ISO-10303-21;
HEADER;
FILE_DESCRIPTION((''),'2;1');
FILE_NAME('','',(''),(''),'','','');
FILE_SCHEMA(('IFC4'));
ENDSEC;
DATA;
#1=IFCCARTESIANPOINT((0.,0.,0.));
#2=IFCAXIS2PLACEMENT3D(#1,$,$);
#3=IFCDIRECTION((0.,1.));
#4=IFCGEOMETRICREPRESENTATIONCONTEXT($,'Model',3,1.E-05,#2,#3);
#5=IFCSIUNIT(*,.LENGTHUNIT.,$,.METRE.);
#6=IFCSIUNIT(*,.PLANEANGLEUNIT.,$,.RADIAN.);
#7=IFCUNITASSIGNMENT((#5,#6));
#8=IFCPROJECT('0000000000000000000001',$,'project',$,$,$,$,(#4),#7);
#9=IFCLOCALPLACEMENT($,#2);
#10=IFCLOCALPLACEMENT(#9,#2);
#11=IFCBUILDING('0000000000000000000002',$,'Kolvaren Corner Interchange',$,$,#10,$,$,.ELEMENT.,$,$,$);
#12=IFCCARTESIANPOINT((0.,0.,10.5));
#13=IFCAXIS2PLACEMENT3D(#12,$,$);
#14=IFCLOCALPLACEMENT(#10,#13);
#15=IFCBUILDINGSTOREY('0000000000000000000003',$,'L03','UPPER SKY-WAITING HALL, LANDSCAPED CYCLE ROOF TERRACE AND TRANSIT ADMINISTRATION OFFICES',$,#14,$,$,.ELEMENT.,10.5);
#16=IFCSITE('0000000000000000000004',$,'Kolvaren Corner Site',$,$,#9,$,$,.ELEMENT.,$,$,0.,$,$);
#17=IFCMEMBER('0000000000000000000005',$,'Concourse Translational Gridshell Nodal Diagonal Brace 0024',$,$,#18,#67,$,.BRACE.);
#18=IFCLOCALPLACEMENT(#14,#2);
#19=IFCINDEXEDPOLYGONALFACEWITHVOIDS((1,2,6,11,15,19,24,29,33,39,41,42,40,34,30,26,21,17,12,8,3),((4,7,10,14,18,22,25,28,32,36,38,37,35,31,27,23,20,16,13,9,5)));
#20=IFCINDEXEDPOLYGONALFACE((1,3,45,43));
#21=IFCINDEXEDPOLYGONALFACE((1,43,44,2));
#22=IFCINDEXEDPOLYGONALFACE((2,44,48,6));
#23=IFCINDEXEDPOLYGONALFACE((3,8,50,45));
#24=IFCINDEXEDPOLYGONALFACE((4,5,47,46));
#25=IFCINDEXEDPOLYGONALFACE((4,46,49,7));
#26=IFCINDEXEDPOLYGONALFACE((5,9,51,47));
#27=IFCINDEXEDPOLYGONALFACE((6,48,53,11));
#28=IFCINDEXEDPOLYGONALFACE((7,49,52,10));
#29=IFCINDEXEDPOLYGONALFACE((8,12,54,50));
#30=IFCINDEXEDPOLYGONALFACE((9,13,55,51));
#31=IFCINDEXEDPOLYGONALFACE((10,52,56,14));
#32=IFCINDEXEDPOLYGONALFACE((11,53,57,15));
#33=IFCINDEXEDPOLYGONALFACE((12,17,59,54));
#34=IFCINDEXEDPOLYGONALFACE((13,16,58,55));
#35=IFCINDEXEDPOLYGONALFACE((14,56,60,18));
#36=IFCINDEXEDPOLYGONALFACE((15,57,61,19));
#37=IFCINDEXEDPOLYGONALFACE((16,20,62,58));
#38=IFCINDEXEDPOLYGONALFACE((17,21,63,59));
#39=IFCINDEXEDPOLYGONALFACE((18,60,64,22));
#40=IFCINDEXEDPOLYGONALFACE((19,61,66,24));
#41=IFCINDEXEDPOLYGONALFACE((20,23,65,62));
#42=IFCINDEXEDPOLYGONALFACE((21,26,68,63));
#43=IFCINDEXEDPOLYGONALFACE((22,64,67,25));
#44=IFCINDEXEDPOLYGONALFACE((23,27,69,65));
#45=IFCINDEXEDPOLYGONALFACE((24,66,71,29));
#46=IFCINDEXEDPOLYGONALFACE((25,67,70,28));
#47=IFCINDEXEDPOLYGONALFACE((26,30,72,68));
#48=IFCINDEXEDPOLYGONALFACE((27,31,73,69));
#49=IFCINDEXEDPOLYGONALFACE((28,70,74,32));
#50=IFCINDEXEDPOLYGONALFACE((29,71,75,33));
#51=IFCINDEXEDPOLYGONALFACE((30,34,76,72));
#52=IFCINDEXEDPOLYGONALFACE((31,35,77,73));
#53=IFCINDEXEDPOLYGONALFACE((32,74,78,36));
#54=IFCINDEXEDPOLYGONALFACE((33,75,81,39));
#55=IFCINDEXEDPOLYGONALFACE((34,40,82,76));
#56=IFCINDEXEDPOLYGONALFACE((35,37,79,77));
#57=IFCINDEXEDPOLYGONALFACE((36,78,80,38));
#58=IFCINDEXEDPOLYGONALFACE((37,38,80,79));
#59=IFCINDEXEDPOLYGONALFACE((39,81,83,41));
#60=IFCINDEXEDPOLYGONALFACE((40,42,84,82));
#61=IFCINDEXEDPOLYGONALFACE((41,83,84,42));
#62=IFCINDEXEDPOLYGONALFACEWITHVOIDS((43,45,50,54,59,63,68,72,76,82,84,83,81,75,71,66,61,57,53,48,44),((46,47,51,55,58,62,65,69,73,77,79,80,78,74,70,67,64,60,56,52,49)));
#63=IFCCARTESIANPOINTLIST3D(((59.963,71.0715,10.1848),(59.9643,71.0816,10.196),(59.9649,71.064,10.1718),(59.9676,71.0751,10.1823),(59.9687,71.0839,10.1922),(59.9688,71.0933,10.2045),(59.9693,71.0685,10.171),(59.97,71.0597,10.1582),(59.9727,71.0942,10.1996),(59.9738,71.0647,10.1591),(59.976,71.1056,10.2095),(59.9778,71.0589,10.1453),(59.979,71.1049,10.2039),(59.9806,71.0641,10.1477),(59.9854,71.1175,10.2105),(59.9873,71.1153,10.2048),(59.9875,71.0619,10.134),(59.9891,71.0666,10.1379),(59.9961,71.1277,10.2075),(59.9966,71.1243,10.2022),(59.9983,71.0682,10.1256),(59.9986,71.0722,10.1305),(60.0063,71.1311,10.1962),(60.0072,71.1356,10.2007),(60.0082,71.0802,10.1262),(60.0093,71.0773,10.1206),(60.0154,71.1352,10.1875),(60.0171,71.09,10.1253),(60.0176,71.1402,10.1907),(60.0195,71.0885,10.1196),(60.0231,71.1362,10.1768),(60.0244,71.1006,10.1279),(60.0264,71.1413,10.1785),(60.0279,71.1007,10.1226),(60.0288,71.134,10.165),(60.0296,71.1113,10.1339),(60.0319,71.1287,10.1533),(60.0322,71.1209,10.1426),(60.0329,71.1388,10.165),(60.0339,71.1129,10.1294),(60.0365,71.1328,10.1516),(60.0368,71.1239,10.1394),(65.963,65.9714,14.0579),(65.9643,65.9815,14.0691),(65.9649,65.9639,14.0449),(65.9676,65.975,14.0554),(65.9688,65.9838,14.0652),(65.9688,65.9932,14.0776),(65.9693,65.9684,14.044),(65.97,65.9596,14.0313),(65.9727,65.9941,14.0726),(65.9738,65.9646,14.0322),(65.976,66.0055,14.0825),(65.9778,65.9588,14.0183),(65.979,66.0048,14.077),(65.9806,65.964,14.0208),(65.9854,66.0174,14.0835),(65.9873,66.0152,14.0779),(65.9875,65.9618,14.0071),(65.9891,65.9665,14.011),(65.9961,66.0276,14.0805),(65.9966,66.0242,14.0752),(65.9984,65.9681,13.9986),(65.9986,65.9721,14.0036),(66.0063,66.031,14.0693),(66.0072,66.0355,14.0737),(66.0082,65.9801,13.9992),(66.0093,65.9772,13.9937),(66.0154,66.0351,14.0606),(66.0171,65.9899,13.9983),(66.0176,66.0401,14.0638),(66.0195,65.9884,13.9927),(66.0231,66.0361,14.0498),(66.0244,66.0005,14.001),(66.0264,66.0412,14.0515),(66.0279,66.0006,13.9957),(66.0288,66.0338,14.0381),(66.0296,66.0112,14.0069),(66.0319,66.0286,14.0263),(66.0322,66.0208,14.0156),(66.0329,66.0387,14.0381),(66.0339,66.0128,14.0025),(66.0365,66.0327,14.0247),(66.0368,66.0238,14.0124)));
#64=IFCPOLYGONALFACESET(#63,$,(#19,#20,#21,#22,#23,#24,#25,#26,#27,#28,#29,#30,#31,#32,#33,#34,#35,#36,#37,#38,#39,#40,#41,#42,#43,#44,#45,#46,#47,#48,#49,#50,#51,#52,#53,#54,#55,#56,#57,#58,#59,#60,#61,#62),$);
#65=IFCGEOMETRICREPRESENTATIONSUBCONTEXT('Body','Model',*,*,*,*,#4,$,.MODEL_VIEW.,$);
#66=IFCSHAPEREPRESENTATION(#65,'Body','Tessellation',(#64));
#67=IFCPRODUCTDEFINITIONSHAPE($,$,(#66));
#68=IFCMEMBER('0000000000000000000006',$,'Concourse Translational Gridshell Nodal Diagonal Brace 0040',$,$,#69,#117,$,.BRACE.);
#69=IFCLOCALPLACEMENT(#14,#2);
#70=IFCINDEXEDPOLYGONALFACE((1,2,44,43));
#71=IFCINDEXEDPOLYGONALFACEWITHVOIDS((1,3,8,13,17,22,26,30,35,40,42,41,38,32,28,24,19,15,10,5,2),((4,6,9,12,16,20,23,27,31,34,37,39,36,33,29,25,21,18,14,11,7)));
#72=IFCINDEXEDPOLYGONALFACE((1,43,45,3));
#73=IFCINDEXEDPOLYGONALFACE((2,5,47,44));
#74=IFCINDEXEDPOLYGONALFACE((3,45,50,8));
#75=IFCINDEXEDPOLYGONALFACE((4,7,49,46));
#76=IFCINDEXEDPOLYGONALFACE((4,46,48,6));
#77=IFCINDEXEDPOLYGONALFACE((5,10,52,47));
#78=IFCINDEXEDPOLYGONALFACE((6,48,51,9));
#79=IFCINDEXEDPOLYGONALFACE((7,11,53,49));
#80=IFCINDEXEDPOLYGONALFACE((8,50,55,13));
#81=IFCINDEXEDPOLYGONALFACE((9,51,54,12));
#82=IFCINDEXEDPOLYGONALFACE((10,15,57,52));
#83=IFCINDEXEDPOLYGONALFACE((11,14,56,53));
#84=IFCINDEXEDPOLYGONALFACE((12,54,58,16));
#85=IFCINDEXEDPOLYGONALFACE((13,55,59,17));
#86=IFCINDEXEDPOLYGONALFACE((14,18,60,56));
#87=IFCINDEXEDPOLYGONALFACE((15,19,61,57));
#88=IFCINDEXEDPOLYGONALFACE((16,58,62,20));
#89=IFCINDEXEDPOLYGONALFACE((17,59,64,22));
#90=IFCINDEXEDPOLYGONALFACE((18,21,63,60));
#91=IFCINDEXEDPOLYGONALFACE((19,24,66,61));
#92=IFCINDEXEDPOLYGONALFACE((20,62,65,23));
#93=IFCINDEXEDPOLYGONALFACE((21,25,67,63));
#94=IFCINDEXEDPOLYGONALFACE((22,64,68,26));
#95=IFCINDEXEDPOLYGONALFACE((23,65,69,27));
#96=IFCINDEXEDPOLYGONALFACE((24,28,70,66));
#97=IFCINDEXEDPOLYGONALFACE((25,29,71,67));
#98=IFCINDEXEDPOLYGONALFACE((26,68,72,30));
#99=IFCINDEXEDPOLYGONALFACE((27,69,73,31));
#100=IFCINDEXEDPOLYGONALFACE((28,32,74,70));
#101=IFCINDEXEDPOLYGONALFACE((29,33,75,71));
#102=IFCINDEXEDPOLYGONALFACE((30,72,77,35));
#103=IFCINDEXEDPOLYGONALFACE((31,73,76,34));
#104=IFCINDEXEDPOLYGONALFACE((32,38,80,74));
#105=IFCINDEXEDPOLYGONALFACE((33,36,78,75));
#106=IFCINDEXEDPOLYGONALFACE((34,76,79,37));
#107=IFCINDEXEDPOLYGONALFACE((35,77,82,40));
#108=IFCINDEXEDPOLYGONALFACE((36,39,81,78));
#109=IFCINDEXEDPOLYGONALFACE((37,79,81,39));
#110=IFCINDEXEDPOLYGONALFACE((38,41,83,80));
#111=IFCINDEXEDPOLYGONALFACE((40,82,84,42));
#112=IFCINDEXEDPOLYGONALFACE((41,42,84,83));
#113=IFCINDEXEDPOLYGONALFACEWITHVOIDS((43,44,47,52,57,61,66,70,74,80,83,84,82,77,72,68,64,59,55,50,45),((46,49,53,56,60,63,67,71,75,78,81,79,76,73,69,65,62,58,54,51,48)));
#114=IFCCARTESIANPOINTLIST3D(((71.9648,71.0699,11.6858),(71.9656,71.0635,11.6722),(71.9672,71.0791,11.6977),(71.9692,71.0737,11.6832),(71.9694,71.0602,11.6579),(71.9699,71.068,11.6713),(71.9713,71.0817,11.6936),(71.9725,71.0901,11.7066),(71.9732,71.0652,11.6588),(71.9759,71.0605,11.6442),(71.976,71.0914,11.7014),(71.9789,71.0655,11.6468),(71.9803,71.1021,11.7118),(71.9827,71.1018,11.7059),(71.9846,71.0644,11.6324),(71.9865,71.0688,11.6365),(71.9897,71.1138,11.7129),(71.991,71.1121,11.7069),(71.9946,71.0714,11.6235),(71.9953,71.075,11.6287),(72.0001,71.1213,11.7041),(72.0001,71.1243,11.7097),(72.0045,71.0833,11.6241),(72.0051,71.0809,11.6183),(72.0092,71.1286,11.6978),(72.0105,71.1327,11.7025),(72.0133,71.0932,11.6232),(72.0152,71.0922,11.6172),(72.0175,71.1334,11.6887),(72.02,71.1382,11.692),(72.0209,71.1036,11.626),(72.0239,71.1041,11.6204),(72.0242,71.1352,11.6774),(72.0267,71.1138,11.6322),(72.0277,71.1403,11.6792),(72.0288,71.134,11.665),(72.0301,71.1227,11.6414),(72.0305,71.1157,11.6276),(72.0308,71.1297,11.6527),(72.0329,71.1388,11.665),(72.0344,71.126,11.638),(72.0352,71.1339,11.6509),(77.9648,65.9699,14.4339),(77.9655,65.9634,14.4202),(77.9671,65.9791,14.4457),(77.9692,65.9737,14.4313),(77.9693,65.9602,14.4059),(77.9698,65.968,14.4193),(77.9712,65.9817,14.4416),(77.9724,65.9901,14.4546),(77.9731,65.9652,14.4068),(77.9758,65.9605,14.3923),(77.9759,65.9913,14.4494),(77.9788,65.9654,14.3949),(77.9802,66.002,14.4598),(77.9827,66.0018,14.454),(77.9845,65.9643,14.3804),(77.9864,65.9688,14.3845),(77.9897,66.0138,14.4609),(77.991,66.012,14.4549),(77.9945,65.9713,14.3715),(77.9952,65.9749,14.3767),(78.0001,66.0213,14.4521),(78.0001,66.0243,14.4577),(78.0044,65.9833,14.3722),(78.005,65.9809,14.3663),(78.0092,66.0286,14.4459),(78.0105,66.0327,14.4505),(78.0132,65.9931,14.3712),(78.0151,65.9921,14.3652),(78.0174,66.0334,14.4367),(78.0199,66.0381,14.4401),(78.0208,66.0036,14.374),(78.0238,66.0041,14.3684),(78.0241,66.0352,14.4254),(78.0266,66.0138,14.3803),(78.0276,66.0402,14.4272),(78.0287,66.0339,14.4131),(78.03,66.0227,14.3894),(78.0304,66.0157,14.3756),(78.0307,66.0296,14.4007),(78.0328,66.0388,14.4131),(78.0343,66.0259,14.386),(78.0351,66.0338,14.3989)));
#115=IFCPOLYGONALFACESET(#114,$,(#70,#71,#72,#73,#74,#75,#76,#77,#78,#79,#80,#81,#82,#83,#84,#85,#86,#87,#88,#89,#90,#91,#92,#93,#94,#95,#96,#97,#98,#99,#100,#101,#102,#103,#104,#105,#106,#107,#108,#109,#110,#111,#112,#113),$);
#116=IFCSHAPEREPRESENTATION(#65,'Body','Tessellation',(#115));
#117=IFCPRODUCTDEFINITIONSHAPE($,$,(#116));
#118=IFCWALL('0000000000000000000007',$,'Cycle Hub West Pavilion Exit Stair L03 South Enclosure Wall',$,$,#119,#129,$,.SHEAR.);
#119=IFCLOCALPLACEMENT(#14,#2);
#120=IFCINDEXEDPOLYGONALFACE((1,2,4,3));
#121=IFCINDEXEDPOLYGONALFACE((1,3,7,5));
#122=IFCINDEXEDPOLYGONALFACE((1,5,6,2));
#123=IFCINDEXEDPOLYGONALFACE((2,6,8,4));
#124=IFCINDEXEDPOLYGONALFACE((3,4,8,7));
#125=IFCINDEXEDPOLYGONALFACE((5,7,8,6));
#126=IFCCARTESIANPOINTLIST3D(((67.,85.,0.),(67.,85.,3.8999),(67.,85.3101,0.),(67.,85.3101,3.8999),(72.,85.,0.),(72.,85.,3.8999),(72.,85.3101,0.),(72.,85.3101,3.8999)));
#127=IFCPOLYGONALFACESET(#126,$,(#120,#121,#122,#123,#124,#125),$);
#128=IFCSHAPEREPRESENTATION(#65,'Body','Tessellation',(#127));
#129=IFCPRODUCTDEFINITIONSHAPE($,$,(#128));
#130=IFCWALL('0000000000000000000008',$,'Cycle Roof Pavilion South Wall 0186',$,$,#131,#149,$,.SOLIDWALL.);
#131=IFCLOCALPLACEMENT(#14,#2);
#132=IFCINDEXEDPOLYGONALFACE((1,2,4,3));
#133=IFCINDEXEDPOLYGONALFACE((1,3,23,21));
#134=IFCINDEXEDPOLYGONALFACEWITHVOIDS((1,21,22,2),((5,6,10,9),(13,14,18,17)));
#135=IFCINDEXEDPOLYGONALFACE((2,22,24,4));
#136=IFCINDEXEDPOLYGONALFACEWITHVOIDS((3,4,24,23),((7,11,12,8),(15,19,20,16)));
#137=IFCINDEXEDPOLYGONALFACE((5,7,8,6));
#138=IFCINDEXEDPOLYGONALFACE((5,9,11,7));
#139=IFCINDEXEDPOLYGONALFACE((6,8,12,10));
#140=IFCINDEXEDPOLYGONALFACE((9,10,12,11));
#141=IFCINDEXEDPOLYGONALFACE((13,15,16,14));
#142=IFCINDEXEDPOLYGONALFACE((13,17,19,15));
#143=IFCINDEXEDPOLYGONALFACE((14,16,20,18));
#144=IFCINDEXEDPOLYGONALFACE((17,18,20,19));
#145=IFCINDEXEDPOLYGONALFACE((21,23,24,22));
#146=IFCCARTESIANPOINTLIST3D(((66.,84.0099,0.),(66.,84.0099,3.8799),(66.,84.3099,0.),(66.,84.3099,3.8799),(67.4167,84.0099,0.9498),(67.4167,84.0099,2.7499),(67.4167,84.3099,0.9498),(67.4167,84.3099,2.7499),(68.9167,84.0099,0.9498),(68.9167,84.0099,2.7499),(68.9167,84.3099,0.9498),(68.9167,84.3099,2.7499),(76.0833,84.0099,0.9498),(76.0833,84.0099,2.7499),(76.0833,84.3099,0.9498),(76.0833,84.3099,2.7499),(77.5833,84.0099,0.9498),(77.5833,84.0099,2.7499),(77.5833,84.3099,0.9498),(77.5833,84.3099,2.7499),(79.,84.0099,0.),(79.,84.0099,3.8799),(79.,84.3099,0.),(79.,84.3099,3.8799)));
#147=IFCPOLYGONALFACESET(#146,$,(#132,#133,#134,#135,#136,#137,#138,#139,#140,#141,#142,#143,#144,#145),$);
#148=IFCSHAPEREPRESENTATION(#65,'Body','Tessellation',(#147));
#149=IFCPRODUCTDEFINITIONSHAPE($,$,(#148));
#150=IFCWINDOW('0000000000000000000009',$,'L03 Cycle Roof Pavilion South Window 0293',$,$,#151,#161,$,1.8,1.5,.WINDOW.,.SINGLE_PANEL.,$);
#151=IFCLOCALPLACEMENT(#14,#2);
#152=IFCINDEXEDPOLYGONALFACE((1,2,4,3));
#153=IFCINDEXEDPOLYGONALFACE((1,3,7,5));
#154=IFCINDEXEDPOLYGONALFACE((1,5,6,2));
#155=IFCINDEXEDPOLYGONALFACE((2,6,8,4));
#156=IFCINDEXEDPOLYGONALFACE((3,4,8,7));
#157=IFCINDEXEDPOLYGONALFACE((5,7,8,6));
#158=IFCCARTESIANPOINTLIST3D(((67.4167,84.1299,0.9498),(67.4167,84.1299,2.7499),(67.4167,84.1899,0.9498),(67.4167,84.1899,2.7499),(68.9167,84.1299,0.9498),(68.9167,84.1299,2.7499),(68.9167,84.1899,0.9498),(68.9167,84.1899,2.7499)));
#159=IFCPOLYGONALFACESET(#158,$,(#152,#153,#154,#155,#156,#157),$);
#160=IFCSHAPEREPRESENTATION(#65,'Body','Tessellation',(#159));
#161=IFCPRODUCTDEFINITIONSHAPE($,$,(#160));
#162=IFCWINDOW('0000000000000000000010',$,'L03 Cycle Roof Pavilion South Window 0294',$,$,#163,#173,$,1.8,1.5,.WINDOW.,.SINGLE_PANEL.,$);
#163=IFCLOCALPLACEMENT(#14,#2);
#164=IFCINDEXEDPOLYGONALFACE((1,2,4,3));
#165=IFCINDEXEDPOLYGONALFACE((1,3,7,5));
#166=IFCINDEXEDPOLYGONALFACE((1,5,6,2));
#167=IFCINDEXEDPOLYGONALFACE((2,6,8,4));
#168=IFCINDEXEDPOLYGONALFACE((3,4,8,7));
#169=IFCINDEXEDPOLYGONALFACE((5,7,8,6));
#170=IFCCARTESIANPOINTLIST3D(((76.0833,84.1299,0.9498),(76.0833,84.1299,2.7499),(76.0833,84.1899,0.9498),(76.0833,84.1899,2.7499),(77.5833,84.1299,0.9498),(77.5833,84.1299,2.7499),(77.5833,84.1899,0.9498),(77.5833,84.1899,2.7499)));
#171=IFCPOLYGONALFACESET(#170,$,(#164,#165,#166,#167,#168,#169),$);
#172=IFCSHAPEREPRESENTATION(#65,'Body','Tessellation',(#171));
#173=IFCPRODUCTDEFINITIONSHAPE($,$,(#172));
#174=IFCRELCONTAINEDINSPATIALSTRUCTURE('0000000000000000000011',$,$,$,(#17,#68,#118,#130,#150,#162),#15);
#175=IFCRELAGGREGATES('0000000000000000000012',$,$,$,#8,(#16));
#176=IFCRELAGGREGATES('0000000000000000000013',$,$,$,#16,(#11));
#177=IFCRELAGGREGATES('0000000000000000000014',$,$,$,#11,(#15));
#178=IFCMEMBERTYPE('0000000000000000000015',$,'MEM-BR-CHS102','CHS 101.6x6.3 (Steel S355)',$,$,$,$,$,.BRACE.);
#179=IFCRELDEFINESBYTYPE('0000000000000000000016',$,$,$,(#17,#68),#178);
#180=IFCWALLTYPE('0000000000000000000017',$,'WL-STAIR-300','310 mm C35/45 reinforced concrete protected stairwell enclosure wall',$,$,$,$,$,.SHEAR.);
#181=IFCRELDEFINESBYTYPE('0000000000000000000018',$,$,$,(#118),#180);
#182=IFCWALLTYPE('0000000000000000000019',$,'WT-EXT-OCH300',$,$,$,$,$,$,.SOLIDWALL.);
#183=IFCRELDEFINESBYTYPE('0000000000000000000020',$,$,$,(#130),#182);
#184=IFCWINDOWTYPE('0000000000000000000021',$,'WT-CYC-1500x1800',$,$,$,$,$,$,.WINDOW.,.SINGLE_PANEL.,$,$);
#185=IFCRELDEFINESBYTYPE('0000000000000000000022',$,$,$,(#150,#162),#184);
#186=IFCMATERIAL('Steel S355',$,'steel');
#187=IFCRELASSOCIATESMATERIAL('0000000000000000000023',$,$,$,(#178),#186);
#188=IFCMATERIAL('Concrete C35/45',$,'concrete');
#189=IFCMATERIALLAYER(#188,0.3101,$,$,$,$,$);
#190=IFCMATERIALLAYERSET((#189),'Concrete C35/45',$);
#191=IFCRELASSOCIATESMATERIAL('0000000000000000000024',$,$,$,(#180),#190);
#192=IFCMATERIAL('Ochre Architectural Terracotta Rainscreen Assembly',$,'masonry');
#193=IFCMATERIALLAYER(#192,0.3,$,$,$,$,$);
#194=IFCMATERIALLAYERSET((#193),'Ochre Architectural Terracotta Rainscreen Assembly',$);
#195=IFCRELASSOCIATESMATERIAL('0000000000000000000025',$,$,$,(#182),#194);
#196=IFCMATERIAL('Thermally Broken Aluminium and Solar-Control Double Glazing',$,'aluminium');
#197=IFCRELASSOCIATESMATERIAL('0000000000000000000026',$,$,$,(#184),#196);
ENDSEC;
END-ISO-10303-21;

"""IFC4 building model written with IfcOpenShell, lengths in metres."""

from ifc_helpers import new_model, si_unit, direction, frame, frame_2d, origin, origin_2d, place, context, subcontext, project, spatial, rectangle, hollow_circle, extrude, material, layer, layer_set, material_profile, profile_set, type_object, element, fill, save


model = new_model("IFC4")

# Units and contexts
model_context = context("Model", 3, precision=1e-05, world=origin(), true_north=direction((0.0, 1.0)))
body_context = subcontext(model_context, "Body", "Model", "MODEL_VIEW")
ifc_project = project(units=[si_unit("LENGTHUNIT", "METRE"), si_unit("PLANEANGLEUNIT", "RADIAN")], contexts=[model_context])

# Site, building, storey
site_placement = place(None, origin())
site = spatial("IfcSite", under=ifc_project, at=site_placement, Name="Kolvaren Corner Site", CompositionType="ELEMENT", RefElevation=0.0)
building_placement = place(site_placement, origin())
building = spatial("IfcBuilding", under=site, at=building_placement, Name="Kolvaren Corner Interchange", CompositionType="ELEMENT")
storey_placement = place(building_placement, frame((0.0, 0.0, 10.5)))
storey = spatial("IfcBuildingStorey", under=building, at=storey_placement, Name="L03", Description="UPPER SKY-WAITING HALL, LANDSCAPED CYCLE ROOF TERRACE AND TRANSIT ADMINISTRATION OFFICES", CompositionType="ELEMENT", Elevation=10.5)

# Members
ifc_material_1 = material(Name="Steel S355", Category="steel")
ifc_material_profile_1 = material_profile(ifc_material_1, hollow_circle(Radius=0.0508, WallThickness=0.0063, at=origin_2d()), Name="CHS 101.6x6.3")
ifc_profile_set_1 = profile_set([ifc_material_profile_1], Name="Steel S355")
member_type = type_object("IfcMemberType", Name="MEM-BR-CHS102", Description="CHS 101.6x6.3 (Steel S355)", PredefinedType="BRACE", material=ifc_profile_set_1)
member_1_placement = place(storey_placement, frame((60.0, 71.1001, 10.165), z_axis=(0.683712, -0.581167, 0.441342), x_axis=(0.647656, 0.761933, 0.0)))
element("IfcMember", 1, at=member_1_placement, inside=storey, type_object=member_type, Name="Concourse Translational Gridshell Nodal Diagonal Brace 0024", PredefinedType="BRACE", context=body_context, shape_type="SweptSolid", body=[
    extrude(hollow_circle(Radius=0.0508, WallThickness=0.0063, at=origin_2d()), origin(), (0.0, 0.0, 1.0), 8.7756),
])
member_2_placement = place(storey_placement, frame((72.0, 71.1001, 11.665), z_axis=(0.719387, -0.611491, 0.329485), x_axis=(0.647656, 0.761933, 0.0)))
element("IfcMember", 2, at=member_2_placement, inside=storey, type_object=member_type, Name="Concourse Translational Gridshell Nodal Diagonal Brace 0040", PredefinedType="BRACE", context=body_context, shape_type="SweptSolid", body=[
    extrude(hollow_circle(Radius=0.0508, WallThickness=0.0063, at=origin_2d()), origin(), (0.0, 0.0, 1.0), 8.3403),
])

# Wall
ifc_material_2 = material(Name="Concrete C35/45", Category="concrete")
ifc_layer_1 = layer(ifc_material_2, 0.3101)
ifc_layer_set_1 = layer_set([ifc_layer_1], Name="Concrete C35/45")
wall_type_1 = type_object("IfcWallType", Name="WL-STAIR-300", Description="310 mm C35/45 reinforced concrete protected stairwell enclosure wall", PredefinedType="SHEAR", material=ifc_layer_set_1)
wall_1_placement = place(storey_placement, frame((67.0, 85.155, 0.0), z_axis=(0.0, 0.0, 1.0), x_axis=(1.0, 0.0, 0.0)))
element("IfcWall", 3, at=wall_1_placement, inside=storey, type_object=wall_type_1, Name="Cycle Hub West Pavilion Exit Stair L03 South Enclosure Wall", PredefinedType="SHEAR", context=body_context, shape_type="SweptSolid", body=[
    extrude(rectangle(XDim=5.0, YDim=0.3101, at=frame_2d((2.5, 0.0))), origin(), (0.0, 0.0, 1.0), 3.8999),
])

# Wall, openings, windows
ifc_material_3 = material(Name="Ochre Architectural Terracotta Rainscreen Assembly", Category="masonry")
ifc_layer_2 = layer(ifc_material_3, 0.3)
ifc_layer_set_2 = layer_set([ifc_layer_2], Name="Ochre Architectural Terracotta Rainscreen Assembly")
wall_type_2 = type_object("IfcWallType", Name="WT-EXT-OCH300", PredefinedType="SOLIDWALL", material=ifc_layer_set_2)
wall_2_placement = place(storey_placement, frame((66.0, 84.1599, 0.0), z_axis=(0.0, 0.0, 1.0), x_axis=(1.0, 0.0, 0.0)))
wall_2 = element("IfcWall", 4, at=wall_2_placement, inside=storey, type_object=wall_type_2, Name="Cycle Roof Pavilion South Wall 0186", PredefinedType="SOLIDWALL", context=body_context, shape_type="SweptSolid", body=[
    extrude(rectangle(XDim=13.0, YDim=0.3, at=frame_2d((6.5, 0.0))), origin(), (0.0, 0.0, 1.0), 3.8799),
])
opening_1_placement = place(wall_2_placement, frame((1.4167, 0.0, 0.95)))
opening_1 = element("IfcOpeningElement", 5, at=opening_1_placement, cuts=wall_2, PredefinedType="OPENING", context=body_context, shape_type="SweptSolid", body=[
    extrude(rectangle(XDim=1.5, YDim=1.8, at=frame_2d((0.75, 0.8999))), frame((0.0, 0.1599, 0.0), z_axis=(0.0, -1.0, 0.0), x_axis=(1.0, 0.0, 0.0)), (0.0, 0.0, 1.0), 0.3201),
])
opening_2_placement = place(wall_2_placement, frame((10.0833, 0.0, 0.95)))
opening_2 = element("IfcOpeningElement", 6, at=opening_2_placement, cuts=wall_2, PredefinedType="OPENING", context=body_context, shape_type="SweptSolid", body=[
    extrude(rectangle(XDim=1.5, YDim=1.8, at=frame_2d((0.75, 0.8999))), frame((0.0, 0.1599, 0.0), z_axis=(0.0, -1.0, 0.0), x_axis=(1.0, 0.0, 0.0)), (0.0, 0.0, 1.0), 0.3201),
])
ifc_material_4 = material(Name="Thermally Broken Aluminium and Solar-Control Double Glazing", Category="aluminium")
window_type_1 = type_object("IfcWindowType", Name="WT-CYC-1500x1800", PartitioningType="SINGLE_PANEL", PredefinedType="WINDOW", material=ifc_material_4)
window_1_placement = place(opening_1_placement, origin())
window_1 = element("IfcWindow", 7, at=window_1_placement, inside=storey, type_object=window_type_1, Name="L03 Cycle Roof Pavilion South Window 0293", OverallHeight=1.8, OverallWidth=1.5, PartitioningType="SINGLE_PANEL", PredefinedType="WINDOW", context=body_context, shape_type="SweptSolid", body=[
    extrude(rectangle(XDim=1.5, YDim=1.8, at=frame_2d((0.75, 0.8999))), frame((0.0, 0.03, 0.0), z_axis=(0.0, -1.0, 0.0), x_axis=(1.0, 0.0, 0.0)), (0.0, 0.0, 1.0), 0.0601),
])
fill(opening_1, window_1)
window_2_placement = place(opening_2_placement, origin())
window_2 = element("IfcWindow", 8, at=window_2_placement, inside=storey, type_object=window_type_1, Name="L03 Cycle Roof Pavilion South Window 0294", OverallHeight=1.8, OverallWidth=1.5, PartitioningType="SINGLE_PANEL", PredefinedType="WINDOW", context=body_context, shape_type="SweptSolid", body=[
    extrude(rectangle(XDim=1.5, YDim=1.8, at=frame_2d((0.75, 0.8999))), frame((0.0, 0.03, 0.0), z_axis=(0.0, -1.0, 0.0), x_axis=(1.0, 0.0, 0.0)), (0.0, 0.0, 1.0), 0.0601),
])
fill(opening_2, window_2)

save(model, "model.ifc")
